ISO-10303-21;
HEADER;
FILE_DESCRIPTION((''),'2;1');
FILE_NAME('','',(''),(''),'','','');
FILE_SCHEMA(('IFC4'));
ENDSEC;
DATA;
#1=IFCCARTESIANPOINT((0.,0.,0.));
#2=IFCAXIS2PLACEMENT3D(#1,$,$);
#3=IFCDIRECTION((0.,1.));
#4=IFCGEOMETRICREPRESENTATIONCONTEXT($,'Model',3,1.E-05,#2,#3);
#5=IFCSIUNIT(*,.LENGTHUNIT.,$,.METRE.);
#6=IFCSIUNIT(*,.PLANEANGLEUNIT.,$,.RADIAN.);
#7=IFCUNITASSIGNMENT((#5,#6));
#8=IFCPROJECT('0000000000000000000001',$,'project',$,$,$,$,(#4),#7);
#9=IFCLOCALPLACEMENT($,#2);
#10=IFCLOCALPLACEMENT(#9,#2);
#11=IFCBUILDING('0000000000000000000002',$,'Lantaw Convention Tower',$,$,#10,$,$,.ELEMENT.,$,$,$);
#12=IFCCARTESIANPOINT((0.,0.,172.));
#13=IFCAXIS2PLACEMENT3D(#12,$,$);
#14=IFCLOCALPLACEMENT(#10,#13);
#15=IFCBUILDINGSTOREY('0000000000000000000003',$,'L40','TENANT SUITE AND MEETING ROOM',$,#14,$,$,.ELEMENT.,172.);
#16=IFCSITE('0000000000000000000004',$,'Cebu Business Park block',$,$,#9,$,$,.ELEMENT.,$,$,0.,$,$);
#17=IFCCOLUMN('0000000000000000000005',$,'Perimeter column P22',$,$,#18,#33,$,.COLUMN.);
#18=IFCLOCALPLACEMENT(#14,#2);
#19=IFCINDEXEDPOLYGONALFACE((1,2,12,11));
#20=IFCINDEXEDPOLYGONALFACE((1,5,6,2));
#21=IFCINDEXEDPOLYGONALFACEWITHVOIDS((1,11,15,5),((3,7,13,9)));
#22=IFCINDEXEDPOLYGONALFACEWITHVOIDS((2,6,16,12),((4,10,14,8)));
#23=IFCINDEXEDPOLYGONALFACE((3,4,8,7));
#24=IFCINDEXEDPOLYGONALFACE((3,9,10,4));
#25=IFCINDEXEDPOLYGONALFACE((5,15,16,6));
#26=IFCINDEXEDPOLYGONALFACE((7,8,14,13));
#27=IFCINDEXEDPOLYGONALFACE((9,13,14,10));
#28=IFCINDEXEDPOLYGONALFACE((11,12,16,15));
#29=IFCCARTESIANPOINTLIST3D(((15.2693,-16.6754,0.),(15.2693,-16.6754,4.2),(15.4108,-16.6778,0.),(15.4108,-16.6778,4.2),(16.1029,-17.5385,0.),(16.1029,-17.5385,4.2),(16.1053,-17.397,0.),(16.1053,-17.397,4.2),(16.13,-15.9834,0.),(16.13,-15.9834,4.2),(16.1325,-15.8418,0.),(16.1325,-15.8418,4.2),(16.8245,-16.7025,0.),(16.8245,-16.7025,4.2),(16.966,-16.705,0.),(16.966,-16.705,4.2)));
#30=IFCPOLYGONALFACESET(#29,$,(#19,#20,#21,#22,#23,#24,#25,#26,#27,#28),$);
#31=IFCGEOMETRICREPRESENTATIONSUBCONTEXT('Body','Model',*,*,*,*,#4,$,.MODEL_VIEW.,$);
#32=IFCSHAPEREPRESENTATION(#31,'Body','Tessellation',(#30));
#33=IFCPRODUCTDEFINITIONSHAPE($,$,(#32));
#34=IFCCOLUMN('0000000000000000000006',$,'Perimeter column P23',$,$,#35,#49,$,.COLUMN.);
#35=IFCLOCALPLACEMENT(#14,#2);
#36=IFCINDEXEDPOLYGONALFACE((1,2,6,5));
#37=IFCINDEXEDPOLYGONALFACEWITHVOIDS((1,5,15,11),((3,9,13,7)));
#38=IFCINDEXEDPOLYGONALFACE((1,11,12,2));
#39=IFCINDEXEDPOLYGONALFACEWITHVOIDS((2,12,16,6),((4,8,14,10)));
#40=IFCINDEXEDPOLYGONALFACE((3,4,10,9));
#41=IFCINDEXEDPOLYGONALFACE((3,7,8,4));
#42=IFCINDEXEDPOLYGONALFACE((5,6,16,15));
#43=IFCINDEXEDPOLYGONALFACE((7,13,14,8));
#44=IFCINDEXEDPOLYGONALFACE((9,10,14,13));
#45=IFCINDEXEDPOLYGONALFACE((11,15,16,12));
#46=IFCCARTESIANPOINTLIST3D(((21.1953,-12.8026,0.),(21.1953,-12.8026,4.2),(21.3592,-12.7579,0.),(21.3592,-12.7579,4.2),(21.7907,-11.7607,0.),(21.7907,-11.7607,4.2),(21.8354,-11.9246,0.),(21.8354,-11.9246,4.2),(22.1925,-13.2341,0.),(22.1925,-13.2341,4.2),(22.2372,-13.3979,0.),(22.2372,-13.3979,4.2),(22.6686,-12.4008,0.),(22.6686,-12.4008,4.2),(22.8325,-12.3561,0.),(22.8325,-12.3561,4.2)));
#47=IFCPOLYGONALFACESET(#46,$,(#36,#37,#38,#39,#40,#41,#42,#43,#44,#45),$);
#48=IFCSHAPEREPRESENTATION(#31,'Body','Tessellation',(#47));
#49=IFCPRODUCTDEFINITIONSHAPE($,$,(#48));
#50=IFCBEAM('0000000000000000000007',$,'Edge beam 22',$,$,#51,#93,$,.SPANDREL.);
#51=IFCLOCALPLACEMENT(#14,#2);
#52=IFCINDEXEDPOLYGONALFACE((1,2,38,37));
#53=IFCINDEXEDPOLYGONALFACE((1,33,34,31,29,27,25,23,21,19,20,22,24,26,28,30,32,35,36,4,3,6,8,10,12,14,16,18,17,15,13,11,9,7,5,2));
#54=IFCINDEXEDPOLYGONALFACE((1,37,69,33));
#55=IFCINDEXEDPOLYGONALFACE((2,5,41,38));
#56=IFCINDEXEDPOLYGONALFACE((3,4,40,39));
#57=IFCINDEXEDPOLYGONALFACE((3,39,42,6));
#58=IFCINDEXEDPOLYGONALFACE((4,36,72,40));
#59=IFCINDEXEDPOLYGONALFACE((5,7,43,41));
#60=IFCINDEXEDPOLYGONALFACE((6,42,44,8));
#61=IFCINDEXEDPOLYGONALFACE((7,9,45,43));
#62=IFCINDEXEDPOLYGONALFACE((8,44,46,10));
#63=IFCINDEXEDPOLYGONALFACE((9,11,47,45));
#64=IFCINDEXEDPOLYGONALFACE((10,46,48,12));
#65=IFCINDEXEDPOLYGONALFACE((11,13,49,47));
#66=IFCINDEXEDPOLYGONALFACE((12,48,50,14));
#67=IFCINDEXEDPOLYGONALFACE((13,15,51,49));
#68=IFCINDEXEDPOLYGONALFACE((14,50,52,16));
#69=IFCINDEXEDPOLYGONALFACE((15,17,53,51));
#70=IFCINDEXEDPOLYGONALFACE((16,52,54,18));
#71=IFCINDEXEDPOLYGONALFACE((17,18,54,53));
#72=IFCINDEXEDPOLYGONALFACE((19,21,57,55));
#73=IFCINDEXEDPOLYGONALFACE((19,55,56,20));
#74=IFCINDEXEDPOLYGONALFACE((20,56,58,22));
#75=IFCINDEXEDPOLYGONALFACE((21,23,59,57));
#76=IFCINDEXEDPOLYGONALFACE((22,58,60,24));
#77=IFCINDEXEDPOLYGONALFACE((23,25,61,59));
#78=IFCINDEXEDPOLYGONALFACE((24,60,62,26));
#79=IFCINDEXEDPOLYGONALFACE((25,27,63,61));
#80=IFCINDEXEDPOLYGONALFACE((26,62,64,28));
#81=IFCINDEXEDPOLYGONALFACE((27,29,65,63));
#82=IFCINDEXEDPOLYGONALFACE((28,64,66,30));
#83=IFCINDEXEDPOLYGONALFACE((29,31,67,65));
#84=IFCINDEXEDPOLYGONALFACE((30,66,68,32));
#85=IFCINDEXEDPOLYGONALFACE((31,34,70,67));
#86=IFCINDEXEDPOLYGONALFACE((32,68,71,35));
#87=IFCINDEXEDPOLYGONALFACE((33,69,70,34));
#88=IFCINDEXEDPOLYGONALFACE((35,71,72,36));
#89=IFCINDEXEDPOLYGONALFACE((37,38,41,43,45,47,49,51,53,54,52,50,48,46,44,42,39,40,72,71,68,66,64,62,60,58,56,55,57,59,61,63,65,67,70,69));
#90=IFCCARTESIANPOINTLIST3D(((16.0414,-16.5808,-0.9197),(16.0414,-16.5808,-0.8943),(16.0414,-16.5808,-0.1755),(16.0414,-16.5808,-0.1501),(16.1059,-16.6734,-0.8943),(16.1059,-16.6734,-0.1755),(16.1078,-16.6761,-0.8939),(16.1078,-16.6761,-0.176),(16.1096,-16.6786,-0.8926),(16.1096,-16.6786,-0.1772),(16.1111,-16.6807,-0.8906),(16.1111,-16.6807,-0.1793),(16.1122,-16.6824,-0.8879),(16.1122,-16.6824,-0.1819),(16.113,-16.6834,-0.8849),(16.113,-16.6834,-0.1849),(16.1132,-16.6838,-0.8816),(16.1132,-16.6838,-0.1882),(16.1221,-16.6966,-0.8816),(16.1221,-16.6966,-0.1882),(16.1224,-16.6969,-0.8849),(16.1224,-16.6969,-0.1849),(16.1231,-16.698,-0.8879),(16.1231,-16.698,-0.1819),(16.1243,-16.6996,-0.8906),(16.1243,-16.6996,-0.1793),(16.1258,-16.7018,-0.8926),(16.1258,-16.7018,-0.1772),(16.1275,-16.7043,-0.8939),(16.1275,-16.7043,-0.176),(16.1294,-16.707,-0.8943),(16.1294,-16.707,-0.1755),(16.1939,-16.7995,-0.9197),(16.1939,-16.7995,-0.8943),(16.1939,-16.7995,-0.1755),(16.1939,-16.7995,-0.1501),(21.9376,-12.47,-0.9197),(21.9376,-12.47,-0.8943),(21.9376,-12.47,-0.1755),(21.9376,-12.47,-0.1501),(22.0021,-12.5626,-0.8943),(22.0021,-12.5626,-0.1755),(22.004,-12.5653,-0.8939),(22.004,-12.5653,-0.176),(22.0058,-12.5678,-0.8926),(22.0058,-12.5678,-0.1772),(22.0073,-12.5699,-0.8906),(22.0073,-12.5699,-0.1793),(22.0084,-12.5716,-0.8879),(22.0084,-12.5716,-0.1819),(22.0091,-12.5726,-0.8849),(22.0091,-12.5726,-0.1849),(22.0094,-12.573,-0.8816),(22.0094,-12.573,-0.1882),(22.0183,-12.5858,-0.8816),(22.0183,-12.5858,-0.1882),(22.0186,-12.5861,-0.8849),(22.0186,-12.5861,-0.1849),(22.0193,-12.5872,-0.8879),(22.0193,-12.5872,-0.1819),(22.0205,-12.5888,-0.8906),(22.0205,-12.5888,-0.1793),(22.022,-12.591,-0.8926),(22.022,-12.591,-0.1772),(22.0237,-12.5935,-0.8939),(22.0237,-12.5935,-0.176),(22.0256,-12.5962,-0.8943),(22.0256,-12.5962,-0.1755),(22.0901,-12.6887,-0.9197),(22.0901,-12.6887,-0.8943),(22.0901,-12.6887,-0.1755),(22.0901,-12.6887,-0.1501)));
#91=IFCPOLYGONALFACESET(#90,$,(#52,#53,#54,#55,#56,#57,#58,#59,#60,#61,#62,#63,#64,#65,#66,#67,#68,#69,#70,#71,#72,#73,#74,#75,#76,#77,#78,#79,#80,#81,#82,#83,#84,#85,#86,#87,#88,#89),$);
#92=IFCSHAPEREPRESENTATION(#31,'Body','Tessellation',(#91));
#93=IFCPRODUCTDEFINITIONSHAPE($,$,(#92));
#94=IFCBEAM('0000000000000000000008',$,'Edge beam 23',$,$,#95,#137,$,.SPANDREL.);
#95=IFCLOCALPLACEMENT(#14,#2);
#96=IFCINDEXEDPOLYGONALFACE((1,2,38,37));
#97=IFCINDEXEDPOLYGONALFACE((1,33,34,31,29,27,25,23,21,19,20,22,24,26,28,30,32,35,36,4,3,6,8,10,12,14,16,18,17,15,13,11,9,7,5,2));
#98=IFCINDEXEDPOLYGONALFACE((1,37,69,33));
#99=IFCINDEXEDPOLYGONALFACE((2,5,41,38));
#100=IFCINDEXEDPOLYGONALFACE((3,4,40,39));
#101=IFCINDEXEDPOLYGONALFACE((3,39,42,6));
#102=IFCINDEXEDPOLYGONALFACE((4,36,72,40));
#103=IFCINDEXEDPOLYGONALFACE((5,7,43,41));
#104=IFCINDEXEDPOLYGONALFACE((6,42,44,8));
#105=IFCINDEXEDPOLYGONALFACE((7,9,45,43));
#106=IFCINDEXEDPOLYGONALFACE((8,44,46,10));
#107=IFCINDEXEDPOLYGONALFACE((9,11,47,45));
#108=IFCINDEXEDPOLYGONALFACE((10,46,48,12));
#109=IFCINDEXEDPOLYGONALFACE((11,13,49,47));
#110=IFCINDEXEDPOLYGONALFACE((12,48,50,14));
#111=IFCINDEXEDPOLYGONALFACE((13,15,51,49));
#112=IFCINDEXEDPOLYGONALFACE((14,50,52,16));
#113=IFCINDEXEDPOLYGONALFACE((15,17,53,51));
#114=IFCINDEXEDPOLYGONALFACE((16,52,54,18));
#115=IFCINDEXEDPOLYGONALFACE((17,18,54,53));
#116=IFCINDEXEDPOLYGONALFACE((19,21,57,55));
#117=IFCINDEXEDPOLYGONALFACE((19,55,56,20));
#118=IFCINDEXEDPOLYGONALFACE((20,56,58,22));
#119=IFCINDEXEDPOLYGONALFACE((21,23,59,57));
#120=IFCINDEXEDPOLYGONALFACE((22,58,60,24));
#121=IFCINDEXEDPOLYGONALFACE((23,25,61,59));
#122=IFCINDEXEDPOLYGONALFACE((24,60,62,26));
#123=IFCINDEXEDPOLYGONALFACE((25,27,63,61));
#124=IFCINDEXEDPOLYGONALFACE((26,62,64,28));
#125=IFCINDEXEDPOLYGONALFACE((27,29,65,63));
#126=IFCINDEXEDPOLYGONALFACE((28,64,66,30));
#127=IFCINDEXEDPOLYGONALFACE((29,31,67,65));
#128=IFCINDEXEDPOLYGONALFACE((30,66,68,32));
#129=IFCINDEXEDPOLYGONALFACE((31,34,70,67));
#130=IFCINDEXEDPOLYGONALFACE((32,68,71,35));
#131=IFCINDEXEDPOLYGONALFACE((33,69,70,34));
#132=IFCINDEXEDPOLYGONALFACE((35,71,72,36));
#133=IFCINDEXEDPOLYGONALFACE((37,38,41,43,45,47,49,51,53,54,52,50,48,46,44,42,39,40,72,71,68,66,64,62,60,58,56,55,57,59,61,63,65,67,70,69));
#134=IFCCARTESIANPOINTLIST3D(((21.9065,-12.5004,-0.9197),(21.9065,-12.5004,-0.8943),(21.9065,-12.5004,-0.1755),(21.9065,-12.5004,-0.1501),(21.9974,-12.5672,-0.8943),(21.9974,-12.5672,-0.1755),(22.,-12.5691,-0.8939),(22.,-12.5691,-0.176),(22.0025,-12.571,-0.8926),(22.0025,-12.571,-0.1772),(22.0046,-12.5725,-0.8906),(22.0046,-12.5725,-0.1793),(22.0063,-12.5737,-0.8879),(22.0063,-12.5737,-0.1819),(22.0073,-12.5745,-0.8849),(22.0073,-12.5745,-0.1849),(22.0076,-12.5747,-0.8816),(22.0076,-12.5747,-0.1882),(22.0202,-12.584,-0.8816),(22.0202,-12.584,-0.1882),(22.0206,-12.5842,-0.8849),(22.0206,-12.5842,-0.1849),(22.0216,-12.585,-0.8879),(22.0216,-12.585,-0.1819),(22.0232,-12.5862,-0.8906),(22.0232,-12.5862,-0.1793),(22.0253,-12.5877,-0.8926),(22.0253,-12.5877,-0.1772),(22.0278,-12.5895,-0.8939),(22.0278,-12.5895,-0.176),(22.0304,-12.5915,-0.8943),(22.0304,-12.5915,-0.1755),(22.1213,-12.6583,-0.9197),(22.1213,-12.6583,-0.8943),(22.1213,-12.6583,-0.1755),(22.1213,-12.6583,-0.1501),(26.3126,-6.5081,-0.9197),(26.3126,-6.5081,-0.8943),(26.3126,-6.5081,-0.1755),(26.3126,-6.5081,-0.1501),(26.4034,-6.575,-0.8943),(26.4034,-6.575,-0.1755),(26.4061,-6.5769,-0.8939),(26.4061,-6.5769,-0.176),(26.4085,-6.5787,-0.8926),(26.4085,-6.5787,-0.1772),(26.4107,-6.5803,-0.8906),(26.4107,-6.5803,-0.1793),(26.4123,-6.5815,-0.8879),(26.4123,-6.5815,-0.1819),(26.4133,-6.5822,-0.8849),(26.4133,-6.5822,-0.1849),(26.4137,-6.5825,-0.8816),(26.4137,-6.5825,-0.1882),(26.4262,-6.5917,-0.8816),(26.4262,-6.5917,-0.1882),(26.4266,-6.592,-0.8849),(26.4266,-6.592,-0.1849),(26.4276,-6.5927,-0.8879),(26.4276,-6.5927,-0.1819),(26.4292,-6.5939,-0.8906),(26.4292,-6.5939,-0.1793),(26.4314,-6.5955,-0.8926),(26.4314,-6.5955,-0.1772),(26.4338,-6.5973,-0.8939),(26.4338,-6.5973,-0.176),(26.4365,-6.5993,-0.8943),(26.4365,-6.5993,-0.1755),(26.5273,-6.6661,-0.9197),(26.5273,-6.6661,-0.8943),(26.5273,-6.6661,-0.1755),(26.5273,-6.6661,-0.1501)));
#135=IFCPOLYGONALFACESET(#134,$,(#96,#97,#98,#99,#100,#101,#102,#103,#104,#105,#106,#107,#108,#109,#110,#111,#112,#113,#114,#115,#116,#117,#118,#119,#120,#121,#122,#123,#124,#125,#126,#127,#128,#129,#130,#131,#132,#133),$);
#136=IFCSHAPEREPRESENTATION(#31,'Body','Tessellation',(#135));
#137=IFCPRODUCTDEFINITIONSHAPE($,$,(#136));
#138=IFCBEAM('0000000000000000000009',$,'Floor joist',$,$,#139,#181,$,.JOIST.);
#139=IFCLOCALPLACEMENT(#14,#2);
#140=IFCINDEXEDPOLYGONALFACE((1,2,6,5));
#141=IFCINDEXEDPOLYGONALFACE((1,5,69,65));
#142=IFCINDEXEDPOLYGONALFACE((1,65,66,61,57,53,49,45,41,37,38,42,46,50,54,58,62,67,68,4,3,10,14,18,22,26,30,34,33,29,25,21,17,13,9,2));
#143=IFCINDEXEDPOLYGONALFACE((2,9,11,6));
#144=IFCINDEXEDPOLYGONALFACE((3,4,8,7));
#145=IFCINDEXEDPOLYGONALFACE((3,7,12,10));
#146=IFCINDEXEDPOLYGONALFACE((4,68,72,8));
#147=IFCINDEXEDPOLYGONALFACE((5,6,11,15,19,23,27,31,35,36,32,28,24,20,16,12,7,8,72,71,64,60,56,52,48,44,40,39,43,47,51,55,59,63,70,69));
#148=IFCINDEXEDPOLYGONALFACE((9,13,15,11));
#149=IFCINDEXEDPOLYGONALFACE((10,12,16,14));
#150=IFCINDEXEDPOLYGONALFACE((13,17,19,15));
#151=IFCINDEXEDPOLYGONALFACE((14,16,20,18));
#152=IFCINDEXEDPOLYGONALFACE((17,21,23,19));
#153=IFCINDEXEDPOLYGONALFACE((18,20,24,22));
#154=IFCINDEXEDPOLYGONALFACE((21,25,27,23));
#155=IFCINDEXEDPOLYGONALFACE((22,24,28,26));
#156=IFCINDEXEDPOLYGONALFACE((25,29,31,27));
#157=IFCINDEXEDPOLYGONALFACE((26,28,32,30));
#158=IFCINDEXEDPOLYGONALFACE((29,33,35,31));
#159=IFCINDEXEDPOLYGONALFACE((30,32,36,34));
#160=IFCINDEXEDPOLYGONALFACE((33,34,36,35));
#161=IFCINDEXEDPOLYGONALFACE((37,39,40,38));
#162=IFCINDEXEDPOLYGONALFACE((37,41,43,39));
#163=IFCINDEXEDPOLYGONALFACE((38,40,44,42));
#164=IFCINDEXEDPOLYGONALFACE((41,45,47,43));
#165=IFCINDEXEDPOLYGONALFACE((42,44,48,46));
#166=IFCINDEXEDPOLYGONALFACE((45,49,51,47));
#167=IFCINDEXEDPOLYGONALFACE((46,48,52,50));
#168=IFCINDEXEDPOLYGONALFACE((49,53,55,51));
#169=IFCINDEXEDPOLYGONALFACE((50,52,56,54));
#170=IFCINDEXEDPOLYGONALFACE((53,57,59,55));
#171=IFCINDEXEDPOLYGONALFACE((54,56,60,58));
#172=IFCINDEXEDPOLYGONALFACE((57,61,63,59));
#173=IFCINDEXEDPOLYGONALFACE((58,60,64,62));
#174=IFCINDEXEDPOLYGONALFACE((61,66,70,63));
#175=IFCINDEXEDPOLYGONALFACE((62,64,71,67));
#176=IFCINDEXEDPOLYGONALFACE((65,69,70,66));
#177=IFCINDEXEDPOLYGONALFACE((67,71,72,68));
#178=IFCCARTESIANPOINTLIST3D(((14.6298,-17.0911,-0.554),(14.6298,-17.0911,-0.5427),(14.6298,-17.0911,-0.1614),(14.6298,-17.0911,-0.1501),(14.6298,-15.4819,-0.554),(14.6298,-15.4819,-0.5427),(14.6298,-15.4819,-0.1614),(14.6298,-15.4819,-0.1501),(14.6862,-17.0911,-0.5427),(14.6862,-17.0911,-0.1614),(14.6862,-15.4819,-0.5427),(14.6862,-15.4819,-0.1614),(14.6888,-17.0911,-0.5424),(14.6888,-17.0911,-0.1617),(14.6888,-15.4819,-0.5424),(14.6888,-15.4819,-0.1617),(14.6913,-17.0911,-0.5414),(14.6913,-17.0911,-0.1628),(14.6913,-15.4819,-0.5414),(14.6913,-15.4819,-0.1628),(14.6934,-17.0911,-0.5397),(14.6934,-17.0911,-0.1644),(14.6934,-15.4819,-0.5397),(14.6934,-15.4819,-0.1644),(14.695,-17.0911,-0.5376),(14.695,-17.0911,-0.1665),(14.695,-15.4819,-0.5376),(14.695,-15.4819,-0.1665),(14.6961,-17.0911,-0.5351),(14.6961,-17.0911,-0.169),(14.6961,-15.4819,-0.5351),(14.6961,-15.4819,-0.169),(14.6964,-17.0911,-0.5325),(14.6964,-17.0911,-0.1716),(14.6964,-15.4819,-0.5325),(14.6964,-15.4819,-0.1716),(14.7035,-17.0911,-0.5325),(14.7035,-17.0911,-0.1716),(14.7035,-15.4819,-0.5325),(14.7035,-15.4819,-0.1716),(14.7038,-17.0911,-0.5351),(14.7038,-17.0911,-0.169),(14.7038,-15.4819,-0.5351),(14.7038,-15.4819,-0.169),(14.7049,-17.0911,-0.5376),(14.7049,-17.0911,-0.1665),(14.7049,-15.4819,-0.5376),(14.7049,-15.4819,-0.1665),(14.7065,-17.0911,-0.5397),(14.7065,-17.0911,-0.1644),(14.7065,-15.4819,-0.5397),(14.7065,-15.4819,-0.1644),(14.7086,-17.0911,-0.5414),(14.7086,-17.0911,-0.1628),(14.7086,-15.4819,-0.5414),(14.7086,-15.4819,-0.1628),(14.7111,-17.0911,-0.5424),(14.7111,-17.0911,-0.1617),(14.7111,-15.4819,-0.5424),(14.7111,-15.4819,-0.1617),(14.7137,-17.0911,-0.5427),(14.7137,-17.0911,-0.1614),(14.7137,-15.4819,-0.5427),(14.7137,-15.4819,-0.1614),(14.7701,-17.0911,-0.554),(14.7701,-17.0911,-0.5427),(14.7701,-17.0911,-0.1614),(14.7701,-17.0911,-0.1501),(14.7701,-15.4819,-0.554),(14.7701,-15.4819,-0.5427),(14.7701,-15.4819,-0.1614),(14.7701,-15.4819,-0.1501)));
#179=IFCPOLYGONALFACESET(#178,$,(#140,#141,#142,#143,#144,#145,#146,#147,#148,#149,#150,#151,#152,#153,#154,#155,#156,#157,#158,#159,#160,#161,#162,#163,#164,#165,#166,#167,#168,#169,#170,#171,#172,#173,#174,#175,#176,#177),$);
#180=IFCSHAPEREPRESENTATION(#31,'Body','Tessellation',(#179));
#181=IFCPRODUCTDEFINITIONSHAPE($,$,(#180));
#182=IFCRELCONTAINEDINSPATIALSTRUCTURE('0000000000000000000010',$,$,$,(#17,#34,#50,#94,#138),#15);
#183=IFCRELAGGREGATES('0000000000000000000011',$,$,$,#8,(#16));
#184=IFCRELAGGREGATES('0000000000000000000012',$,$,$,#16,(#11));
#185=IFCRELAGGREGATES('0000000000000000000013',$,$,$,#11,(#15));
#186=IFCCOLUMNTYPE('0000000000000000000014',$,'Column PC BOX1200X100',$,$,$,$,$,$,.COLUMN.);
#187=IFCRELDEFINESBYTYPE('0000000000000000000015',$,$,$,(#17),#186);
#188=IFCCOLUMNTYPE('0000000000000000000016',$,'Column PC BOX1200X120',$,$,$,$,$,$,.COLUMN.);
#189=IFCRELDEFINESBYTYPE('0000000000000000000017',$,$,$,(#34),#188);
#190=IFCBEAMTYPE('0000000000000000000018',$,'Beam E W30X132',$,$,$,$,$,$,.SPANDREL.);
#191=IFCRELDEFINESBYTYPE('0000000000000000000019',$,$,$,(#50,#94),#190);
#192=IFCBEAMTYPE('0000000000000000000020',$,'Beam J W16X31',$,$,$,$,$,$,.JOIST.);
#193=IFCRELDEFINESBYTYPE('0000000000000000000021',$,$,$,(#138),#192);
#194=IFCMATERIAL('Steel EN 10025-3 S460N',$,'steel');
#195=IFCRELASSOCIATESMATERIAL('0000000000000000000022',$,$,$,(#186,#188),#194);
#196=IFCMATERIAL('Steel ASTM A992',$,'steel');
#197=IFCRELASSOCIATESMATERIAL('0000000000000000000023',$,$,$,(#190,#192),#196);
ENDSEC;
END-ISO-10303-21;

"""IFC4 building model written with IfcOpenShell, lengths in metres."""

from ifc_helpers import new_model, si_unit, direction, frame, origin, origin_2d, place, context, subcontext, project, spatial, rectangle, hollow_rectangle, i_section, extrude, material, material_profile, profile_set, type_object, element, save


model = new_model("IFC4")

# Units and contexts
model_context = context("Model", 3, precision=1e-05, world=origin(), true_north=direction((0.0, 1.0)))
body_context = subcontext(model_context, "Body", "Model", "MODEL_VIEW")
ifc_project = project(units=[si_unit("LENGTHUNIT", "METRE"), si_unit("PLANEANGLEUNIT", "RADIAN")], contexts=[model_context])

# Site, building, storey
site_placement = place(None, origin())
site = spatial("IfcSite", under=ifc_project, at=site_placement, Name="Cebu Business Park block", CompositionType="ELEMENT", RefElevation=0.0)
building_placement = place(site_placement, origin())
building = spatial("IfcBuilding", under=site, at=building_placement, Name="Lantaw Convention Tower", CompositionType="ELEMENT")
storey_placement = place(building_placement, frame((0.0, 0.0, 172.0)))
storey = spatial("IfcBuildingStorey", under=building, at=storey_placement, Name="L40", Description="TENANT SUITE AND MEETING ROOM", CompositionType="ELEMENT", Elevation=172.0)

# Columns
ifc_material_1 = material(Name="Steel EN 10025-3 S460N", Category="steel")
ifc_material_profile_1 = material_profile(ifc_material_1, hollow_rectangle(XDim=1.2, YDim=1.2, WallThickness=0.1001, at=origin_2d()), Name="BOX1200X100")
ifc_material_2 = material(Name="Concrete C60/75", Category="concrete")
ifc_material_profile_2 = material_profile(ifc_material_2, rectangle(XDim=1.0, YDim=1.0, at=origin_2d()), Name="Concrete fill of BOX1200X100")
ifc_profile_set_1 = profile_set([ifc_material_profile_1, ifc_material_profile_2], Name="Steel EN 10025-3 S460N")
column_type_1 = type_object("IfcColumnType", Name="Column PC BOX1200X100", PredefinedType="COLUMN", material=ifc_profile_set_1)
column_1_placement = place(storey_placement, frame((16.1177, -16.6902, 0.0), z_axis=(0.0, 0.0, 1.0), x_axis=(0.71934, 0.694658, 0.0)))
element("IfcColumn", 1, at=column_1_placement, inside=storey, type_object=column_type_1, Name="Perimeter column P22", PredefinedType="COLUMN", context=body_context, shape_type="SweptSolid", body=[
    extrude(hollow_rectangle(XDim=1.2, YDim=1.2, WallThickness=0.1001, at=origin_2d()), origin(), (0.0, 0.0, 1.0), 4.2),
])
ifc_material_profile_3 = material_profile(ifc_material_1, hollow_rectangle(XDim=1.2, YDim=1.2, WallThickness=0.1201, at=origin_2d()), Name="BOX1200X120")
ifc_material_profile_4 = material_profile(ifc_material_2, rectangle(XDim=0.96, YDim=0.96, at=origin_2d()), Name="Concrete fill of BOX1200X120")
ifc_profile_set_2 = profile_set([ifc_material_profile_3, ifc_material_profile_4], Name="Steel EN 10025-3 S460N")
column_type_2 = type_object("IfcColumnType", Name="Column PC BOX1200X120", PredefinedType="COLUMN", material=ifc_profile_set_2)
column_2_placement = place(storey_placement, frame((22.0139, -12.5793, 0.0), z_axis=(0.0, 0.0, 1.0), x_axis=(0.496139, 0.868243, 0.0)))
element("IfcColumn", 2, at=column_2_placement, inside=storey, type_object=column_type_2, Name="Perimeter column P23", PredefinedType="COLUMN", context=body_context, shape_type="SweptSolid", body=[
    extrude(hollow_rectangle(XDim=1.2, YDim=1.2, WallThickness=0.1201, at=origin_2d()), origin(), (0.0, 0.0, 1.0), 4.2),
])

# Beams
ifc_material_3 = material(Name="Steel ASTM A992", Category="steel")
ifc_material_profile_5 = material_profile(ifc_material_3, i_section(OverallWidth=0.2666, OverallDepth=0.7695, WebThickness=0.0156, FlangeThickness=0.0254, FilletRadius=0.0127, at=origin_2d()), Name="W30X132")
ifc_profile_set_3 = profile_set([ifc_material_profile_5], Name="Steel ASTM A992")
beam_type_1 = type_object("IfcBeamType", Name="Beam E W30X132", PredefinedType="SPANDREL", material=ifc_profile_set_3)
beam_1_placement = place(storey_placement, frame((16.1177, -16.6902, -0.5349), z_axis=(0.820311, 0.571918, 0.0), x_axis=(-0.571918, 0.820311, 0.0)))
element("IfcBeam", 3, at=beam_1_placement, inside=storey, type_object=beam_type_1, Name="Edge beam 22", PredefinedType="SPANDREL", context=body_context, shape_type="SweptSolid", body=[
    extrude(i_section(OverallWidth=0.2666, OverallDepth=0.7695, WebThickness=0.0156, FlangeThickness=0.0254, FilletRadius=0.0127, at=origin_2d()), origin(), (0.0, 0.0, 1.0), 7.1877),
])
beam_2_placement = place(storey_placement, frame((22.0139, -12.5793, -0.5349), z_axis=(0.592389, 0.805652, 0.0), x_axis=(-0.805652, 0.592389, 0.0)))
element("IfcBeam", 4, at=beam_2_placement, inside=storey, type_object=beam_type_1, Name="Edge beam 23", PredefinedType="SPANDREL", context=body_context, shape_type="SweptSolid", body=[
    extrude(i_section(OverallWidth=0.2666, OverallDepth=0.7695, WebThickness=0.0156, FlangeThickness=0.0254, FilletRadius=0.0127, at=origin_2d()), origin(), (0.0, 0.0, 1.0), 7.4377),
])
ifc_material_profile_6 = material_profile(ifc_material_3, i_section(OverallWidth=0.1404, OverallDepth=0.4038, WebThickness=0.0071, FlangeThickness=0.0112, FilletRadius=0.0103, at=origin_2d()), Name="W16X31")
ifc_profile_set_4 = profile_set([ifc_material_profile_6], Name="Steel ASTM A992")
beam_type_2 = type_object("IfcBeamType", Name="Beam J W16X31", PredefinedType="JOIST", material=ifc_profile_set_4)
beam_3_placement = place(storey_placement, frame((14.7, -17.0911, -0.3521), z_axis=(0.0, 1.0, 0.0), x_axis=(-1.0, 0.0, 0.0)))
element("IfcBeam", 5, at=beam_3_placement, inside=storey, type_object=beam_type_2, Name="Floor joist", PredefinedType="JOIST", context=body_context, shape_type="SweptSolid", body=[
    extrude(i_section(OverallWidth=0.1404, OverallDepth=0.4038, WebThickness=0.0071, FlangeThickness=0.0112, FilletRadius=0.0103, at=origin_2d()), origin(), (0.0, 0.0, 1.0), 1.6091),
])

save(model, "model.ifc")
